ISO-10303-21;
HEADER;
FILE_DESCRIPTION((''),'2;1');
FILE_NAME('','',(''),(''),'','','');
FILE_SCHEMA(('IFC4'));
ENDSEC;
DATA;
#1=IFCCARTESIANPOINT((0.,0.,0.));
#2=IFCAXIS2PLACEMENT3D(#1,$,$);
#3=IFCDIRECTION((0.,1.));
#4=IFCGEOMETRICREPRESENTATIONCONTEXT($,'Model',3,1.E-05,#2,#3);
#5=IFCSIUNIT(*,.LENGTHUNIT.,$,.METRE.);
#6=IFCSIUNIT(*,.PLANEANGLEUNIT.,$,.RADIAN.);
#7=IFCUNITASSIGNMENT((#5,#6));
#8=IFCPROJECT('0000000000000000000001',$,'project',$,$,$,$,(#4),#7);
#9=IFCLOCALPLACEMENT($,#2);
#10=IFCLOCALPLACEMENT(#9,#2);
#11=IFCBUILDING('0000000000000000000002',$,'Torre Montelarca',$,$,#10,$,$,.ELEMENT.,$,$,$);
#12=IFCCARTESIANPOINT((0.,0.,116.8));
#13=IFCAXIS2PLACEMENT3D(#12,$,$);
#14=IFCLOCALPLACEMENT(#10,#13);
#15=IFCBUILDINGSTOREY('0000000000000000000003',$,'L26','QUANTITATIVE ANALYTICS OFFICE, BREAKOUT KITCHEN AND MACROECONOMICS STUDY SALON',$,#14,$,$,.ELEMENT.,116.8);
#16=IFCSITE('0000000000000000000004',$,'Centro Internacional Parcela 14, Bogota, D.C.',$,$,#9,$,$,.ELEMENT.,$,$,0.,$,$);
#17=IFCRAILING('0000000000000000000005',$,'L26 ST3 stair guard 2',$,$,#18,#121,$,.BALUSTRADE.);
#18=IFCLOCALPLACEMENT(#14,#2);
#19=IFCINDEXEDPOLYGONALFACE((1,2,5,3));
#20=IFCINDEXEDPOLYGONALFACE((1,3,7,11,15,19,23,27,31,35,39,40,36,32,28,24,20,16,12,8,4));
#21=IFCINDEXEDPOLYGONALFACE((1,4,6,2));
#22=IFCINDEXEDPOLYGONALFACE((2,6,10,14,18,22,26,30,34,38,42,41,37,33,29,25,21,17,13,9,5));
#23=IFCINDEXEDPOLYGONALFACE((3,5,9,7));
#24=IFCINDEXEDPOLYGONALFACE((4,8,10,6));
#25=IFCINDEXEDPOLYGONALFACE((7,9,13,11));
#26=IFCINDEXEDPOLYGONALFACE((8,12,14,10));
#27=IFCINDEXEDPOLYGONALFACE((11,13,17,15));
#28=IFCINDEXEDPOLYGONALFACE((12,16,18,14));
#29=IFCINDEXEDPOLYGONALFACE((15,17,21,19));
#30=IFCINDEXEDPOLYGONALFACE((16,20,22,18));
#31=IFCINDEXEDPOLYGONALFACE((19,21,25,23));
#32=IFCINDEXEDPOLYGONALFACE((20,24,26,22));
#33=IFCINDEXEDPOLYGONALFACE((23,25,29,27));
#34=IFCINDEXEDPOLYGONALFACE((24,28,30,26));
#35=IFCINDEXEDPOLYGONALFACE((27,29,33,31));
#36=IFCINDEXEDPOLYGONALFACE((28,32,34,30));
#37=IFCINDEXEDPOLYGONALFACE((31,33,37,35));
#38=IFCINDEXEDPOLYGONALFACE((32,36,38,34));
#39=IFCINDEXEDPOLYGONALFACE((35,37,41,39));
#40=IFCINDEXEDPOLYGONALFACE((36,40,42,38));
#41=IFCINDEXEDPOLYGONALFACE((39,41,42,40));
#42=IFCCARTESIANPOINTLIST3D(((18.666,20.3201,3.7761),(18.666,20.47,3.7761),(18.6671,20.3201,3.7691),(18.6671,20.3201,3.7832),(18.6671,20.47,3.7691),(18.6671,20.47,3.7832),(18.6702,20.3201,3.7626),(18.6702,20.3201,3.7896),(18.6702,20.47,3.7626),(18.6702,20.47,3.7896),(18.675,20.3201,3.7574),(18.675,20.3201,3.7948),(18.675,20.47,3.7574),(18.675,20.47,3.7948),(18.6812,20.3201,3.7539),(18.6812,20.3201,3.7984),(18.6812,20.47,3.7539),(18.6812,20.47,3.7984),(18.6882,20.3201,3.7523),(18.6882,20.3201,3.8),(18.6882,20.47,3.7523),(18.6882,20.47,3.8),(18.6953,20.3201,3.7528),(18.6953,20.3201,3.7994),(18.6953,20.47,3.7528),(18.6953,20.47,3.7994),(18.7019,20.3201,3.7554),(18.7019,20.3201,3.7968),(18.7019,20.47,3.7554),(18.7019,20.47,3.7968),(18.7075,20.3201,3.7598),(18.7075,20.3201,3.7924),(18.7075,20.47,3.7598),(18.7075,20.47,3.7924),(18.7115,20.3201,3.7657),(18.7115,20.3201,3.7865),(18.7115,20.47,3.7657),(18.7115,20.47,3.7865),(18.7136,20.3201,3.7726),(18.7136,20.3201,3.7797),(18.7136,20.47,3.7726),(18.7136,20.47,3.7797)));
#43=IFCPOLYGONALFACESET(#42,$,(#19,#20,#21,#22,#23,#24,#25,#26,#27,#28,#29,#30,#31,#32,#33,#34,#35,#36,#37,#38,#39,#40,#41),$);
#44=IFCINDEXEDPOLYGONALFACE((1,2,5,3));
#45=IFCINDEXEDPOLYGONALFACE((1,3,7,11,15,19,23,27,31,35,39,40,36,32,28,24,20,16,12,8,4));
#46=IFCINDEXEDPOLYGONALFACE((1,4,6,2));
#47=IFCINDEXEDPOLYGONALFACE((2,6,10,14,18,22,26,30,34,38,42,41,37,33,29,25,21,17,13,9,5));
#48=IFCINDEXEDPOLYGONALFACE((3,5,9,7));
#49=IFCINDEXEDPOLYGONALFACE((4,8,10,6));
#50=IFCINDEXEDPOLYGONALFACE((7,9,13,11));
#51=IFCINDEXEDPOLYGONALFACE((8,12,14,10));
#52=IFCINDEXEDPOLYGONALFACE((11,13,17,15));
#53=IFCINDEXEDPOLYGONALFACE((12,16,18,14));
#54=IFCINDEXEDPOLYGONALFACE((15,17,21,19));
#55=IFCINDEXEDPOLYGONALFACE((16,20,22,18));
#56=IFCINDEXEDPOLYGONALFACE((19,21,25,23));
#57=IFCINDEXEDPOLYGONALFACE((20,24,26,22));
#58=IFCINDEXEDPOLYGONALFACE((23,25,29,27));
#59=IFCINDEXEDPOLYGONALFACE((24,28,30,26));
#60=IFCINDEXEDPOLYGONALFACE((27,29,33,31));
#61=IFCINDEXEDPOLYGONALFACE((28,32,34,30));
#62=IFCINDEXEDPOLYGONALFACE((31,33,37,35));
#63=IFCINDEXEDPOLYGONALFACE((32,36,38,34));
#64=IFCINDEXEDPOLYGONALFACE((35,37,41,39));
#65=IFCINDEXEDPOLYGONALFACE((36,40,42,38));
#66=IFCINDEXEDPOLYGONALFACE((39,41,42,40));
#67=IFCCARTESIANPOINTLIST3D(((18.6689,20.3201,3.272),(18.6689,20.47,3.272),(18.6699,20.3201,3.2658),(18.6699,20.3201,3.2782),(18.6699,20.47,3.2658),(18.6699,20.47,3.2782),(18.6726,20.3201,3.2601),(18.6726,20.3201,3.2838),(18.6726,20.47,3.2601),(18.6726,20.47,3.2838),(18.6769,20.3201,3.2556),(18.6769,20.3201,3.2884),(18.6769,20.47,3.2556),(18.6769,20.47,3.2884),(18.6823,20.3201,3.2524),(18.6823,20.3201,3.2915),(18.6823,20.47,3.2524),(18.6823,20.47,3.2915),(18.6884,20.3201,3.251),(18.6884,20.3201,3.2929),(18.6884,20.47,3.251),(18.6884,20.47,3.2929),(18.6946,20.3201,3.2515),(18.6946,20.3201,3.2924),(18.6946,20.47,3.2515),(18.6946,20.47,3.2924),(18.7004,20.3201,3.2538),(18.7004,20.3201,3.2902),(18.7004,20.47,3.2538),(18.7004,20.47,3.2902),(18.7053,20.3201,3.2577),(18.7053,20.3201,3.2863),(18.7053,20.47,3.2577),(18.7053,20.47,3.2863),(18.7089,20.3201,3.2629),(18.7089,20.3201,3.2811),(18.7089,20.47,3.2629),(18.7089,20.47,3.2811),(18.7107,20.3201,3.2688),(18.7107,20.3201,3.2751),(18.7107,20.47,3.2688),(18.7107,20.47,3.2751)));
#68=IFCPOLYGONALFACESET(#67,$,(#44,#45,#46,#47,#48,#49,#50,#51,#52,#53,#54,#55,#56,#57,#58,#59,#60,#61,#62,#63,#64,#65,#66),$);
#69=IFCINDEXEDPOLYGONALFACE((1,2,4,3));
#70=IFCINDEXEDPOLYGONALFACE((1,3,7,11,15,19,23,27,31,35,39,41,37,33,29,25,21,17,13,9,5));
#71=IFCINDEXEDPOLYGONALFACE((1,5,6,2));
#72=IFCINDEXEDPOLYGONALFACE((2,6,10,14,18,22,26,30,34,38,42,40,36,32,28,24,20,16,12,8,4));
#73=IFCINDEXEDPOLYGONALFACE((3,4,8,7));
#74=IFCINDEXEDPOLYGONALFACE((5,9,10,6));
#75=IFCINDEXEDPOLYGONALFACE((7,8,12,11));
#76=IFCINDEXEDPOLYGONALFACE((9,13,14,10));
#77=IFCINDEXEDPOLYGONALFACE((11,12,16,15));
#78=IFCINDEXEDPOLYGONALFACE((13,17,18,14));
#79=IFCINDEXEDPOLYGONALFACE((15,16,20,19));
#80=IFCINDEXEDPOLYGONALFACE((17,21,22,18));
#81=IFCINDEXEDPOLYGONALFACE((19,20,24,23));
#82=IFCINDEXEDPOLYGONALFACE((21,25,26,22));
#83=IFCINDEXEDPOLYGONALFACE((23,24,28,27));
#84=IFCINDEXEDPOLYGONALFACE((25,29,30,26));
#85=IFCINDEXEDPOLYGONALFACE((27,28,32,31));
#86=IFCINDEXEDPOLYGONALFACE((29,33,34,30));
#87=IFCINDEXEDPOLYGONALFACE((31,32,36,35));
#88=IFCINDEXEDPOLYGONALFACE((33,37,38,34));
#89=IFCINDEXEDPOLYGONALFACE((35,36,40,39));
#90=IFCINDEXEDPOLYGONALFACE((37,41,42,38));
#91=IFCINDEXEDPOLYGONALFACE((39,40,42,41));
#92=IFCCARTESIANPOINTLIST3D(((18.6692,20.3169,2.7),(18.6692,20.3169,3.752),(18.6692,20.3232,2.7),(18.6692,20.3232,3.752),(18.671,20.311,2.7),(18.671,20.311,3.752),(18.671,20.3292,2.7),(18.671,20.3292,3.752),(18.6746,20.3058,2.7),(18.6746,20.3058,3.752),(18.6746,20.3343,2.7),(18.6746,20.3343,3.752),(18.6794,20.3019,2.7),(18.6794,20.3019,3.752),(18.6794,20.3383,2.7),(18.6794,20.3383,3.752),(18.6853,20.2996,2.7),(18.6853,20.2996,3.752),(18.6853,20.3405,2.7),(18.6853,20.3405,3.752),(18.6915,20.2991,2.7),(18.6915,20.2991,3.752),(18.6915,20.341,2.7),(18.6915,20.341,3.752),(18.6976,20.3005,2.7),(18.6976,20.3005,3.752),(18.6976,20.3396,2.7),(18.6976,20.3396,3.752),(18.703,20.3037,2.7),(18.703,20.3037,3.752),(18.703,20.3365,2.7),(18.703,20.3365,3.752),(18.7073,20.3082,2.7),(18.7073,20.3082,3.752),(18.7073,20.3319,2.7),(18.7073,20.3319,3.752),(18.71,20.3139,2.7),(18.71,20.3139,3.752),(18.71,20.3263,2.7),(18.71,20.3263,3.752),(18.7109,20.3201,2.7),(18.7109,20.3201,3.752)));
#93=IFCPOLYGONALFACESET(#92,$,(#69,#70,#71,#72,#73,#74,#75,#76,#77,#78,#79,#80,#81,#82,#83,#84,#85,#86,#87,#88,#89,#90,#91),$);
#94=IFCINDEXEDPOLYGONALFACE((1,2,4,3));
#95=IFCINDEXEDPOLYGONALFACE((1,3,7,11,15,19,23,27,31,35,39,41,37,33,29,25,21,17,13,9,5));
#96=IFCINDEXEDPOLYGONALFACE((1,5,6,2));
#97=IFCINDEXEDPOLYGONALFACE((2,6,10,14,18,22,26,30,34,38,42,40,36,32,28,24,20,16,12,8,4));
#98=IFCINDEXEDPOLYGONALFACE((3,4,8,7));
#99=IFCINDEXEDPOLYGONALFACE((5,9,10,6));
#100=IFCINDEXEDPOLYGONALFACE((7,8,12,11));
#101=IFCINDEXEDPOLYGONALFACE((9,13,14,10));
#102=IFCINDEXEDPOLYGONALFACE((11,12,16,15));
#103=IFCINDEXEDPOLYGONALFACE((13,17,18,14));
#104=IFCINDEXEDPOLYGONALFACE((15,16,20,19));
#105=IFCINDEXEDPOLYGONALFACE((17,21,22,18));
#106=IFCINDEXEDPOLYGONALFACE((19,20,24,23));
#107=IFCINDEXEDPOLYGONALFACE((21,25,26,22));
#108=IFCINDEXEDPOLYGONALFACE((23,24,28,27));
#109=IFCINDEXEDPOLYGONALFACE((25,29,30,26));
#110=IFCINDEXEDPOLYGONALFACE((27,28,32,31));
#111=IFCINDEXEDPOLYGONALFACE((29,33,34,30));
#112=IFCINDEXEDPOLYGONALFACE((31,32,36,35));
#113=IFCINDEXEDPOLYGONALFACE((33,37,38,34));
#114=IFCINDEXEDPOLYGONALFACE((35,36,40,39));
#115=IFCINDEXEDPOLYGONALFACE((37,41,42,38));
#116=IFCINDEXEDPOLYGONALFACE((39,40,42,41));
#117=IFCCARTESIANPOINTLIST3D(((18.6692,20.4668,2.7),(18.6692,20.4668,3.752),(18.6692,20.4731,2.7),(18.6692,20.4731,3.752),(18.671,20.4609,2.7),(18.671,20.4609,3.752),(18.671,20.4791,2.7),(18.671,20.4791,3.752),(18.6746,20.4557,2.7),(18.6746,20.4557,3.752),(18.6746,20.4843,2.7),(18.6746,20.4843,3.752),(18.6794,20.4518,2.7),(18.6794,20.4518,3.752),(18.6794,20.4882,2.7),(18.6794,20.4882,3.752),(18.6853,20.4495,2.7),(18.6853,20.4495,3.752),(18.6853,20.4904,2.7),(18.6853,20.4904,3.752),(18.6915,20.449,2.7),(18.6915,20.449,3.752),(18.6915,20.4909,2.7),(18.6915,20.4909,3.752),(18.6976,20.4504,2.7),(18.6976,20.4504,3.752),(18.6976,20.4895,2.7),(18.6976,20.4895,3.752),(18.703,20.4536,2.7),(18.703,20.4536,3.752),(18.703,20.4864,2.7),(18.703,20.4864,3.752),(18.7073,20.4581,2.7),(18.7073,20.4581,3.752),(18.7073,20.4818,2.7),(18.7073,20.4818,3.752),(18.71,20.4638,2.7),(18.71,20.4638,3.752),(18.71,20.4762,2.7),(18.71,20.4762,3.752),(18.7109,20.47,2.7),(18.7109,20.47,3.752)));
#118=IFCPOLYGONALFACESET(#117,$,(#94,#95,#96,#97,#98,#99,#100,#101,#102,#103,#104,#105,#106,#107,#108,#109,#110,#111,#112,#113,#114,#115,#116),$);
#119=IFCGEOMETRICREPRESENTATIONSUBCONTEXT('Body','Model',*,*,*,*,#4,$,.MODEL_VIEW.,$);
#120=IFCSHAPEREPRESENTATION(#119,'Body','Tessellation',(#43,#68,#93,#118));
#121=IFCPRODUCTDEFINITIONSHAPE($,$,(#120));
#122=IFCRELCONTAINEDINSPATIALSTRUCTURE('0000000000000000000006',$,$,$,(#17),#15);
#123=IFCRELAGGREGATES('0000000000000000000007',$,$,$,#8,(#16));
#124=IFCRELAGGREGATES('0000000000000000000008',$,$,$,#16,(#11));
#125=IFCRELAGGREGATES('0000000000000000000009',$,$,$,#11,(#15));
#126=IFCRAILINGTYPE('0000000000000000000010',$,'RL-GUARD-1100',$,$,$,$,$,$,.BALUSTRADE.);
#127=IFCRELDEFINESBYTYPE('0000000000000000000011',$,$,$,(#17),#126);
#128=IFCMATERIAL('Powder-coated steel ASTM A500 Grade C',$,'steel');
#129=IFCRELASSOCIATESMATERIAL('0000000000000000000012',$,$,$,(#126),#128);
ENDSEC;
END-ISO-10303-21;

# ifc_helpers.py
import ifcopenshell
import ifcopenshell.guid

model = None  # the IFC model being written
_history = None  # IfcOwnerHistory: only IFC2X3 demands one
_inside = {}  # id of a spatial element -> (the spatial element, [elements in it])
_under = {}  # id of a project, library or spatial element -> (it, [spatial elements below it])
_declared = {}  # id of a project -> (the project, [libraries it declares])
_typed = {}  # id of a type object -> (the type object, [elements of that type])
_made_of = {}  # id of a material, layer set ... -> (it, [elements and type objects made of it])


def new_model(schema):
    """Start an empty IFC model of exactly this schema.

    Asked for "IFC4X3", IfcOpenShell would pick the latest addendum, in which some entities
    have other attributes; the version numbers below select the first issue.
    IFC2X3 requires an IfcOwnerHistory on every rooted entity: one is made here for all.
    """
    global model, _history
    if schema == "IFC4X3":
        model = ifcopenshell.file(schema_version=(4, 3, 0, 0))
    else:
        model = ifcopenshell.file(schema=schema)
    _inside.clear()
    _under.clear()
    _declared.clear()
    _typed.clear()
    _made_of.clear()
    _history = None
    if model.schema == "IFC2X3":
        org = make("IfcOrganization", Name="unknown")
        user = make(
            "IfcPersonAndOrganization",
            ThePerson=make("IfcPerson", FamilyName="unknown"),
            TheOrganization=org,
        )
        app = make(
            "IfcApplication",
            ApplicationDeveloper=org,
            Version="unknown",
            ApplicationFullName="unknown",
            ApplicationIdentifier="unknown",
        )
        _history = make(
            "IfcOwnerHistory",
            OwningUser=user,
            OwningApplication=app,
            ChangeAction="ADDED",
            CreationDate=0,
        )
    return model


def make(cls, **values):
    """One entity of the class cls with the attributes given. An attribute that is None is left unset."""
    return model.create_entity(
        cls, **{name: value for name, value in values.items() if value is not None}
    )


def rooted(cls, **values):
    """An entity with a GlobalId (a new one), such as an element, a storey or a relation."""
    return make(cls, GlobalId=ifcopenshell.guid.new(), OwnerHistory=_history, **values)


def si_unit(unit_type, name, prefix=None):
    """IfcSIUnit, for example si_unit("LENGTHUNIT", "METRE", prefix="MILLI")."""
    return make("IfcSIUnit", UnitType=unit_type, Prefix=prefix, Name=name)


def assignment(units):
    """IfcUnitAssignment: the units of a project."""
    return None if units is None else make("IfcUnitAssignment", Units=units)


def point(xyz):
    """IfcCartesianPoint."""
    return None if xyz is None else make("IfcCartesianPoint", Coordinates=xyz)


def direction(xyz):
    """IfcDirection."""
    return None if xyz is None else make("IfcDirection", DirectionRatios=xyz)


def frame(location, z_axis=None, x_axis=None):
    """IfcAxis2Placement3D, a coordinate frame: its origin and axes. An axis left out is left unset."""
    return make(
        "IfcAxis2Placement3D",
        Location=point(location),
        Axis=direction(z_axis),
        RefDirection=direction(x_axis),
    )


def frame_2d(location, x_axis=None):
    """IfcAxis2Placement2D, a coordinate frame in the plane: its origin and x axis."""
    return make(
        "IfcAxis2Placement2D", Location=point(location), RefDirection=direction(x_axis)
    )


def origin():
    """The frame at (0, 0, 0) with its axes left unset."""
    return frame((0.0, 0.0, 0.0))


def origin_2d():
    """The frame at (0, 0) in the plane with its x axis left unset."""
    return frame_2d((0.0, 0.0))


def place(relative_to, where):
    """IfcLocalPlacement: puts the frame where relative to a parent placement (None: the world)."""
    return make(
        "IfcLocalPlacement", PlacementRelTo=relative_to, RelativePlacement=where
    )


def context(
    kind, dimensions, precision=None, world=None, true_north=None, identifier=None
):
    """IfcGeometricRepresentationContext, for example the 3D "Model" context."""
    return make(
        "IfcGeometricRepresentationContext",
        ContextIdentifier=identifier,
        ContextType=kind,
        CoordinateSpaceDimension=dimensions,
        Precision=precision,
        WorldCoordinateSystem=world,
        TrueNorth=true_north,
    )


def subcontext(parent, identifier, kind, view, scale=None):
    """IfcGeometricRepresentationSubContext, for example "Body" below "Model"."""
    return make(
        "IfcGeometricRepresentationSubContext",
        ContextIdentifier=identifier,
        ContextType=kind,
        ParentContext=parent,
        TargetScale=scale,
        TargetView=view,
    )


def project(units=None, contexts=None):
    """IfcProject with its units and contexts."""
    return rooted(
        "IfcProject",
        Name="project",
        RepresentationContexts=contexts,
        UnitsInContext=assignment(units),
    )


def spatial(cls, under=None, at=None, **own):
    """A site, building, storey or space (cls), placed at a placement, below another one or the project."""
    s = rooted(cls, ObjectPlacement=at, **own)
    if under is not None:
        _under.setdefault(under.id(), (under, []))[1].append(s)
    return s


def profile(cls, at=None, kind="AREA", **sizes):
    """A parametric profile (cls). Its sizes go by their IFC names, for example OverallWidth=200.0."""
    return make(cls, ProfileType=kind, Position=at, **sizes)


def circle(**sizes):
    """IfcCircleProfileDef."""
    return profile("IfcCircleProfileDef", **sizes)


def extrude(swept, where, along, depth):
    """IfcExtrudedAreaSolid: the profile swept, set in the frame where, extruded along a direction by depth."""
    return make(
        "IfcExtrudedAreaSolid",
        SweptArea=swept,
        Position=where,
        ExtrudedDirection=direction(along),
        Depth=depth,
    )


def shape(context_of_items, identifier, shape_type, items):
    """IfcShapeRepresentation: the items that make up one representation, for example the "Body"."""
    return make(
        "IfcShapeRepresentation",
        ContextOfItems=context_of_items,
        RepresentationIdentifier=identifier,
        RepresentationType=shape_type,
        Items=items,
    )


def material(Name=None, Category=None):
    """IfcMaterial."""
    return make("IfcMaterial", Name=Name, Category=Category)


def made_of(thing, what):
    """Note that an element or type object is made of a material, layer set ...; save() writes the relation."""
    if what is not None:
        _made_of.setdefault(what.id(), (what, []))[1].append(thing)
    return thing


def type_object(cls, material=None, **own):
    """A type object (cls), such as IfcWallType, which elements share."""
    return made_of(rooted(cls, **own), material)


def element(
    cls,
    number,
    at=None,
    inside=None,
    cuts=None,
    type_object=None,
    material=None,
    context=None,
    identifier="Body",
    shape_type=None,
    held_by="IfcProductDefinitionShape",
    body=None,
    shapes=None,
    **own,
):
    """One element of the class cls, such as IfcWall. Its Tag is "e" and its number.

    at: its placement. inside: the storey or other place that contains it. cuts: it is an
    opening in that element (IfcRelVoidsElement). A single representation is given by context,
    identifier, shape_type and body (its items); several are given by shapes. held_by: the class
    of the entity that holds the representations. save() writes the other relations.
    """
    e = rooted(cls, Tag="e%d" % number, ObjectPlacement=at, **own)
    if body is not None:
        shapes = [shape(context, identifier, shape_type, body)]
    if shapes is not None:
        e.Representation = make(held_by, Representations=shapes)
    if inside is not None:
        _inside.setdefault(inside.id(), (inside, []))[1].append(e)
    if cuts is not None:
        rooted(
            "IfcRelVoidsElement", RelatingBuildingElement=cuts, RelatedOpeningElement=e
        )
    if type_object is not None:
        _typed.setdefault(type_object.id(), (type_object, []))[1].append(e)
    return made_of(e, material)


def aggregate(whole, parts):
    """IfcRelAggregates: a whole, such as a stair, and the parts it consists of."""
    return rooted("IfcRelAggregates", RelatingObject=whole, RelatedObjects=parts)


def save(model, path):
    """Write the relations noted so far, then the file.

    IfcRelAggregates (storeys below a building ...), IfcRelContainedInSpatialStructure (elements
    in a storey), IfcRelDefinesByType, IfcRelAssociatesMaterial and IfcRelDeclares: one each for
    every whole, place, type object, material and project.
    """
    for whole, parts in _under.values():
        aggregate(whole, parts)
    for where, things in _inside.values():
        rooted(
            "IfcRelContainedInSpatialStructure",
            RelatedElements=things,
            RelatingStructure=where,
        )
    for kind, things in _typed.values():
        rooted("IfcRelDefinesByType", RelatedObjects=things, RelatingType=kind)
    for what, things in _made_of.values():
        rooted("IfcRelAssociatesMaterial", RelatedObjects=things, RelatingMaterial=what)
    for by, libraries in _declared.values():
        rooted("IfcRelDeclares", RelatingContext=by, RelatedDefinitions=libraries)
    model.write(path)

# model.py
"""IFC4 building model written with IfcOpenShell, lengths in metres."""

from ifc_helpers import new_model, si_unit, direction, frame, origin, origin_2d, place, context, subcontext, project, spatial, circle, extrude, material, type_object, element, save


model = new_model("IFC4")

# Units and contexts
model_context = context("Model", 3, precision=1e-05, world=origin(), true_north=direction((0.0, 1.0)))
body_context = subcontext(model_context, "Body", "Model", "MODEL_VIEW")
ifc_project = project(units=[si_unit("LENGTHUNIT", "METRE"), si_unit("PLANEANGLEUNIT", "RADIAN")], contexts=[model_context])

# Site, building, storey
site_placement = place(None, origin())
site = spatial("IfcSite", under=ifc_project, at=site_placement, Name="Centro Internacional Parcela 14, Bogota, D.C.", CompositionType="ELEMENT", RefElevation=0.0)
building_placement = place(site_placement, origin())
building = spatial("IfcBuilding", under=site, at=building_placement, Name="Torre Montelarca", CompositionType="ELEMENT")
storey_placement = place(building_placement, frame((0.0, 0.0, 116.8)))
storey = spatial("IfcBuildingStorey", under=building, at=storey_placement, Name="L26", Description="QUANTITATIVE ANALYTICS OFFICE, BREAKOUT KITCHEN AND MACROECONOMICS STUDY SALON", CompositionType="ELEMENT", Elevation=116.8)

# Railing
ifc_material_1 = material(Name="Powder-coated steel ASTM A500 Grade C", Category="steel")
railing_type_1 = type_object("IfcRailingType", Name="RL-GUARD-1100", PredefinedType="BALUSTRADE", material=ifc_material_1)
railing_1_placement = place(storey_placement, frame((18.6899, 20.3201, 2.7)))
element("IfcRailing", 1, at=railing_1_placement, inside=storey, type_object=railing_type_1, Name="L26 ST3 stair guard 2", PredefinedType="BALUSTRADE", context=body_context, shape_type="SweptSolid", body=[
    extrude(circle(Radius=0.0239, at=origin_2d()), frame((0.0, 0.0, 1.0762), z_axis=(0.0, 1.0, 0.0), x_axis=(-1.0, 0.0, 0.0)), (0.0, 0.0, 1.0), 0.1499),
    extrude(circle(Radius=0.021, at=origin_2d()), frame((0.0, 0.0, 0.572), z_axis=(0.0, 1.0, 0.0), x_axis=(-1.0, 0.0, 0.0)), (0.0, 0.0, 1.0), 0.1499),
    extrude(circle(Radius=0.021, at=origin_2d()), origin(), (0.0, 0.0, 1.0), 1.052),
    extrude(circle(Radius=0.021, at=origin_2d()), frame((0.0, 0.1499, 0.0)), (0.0, 0.0, 1.0), 1.052),
])

save(model, "model.ifc")
